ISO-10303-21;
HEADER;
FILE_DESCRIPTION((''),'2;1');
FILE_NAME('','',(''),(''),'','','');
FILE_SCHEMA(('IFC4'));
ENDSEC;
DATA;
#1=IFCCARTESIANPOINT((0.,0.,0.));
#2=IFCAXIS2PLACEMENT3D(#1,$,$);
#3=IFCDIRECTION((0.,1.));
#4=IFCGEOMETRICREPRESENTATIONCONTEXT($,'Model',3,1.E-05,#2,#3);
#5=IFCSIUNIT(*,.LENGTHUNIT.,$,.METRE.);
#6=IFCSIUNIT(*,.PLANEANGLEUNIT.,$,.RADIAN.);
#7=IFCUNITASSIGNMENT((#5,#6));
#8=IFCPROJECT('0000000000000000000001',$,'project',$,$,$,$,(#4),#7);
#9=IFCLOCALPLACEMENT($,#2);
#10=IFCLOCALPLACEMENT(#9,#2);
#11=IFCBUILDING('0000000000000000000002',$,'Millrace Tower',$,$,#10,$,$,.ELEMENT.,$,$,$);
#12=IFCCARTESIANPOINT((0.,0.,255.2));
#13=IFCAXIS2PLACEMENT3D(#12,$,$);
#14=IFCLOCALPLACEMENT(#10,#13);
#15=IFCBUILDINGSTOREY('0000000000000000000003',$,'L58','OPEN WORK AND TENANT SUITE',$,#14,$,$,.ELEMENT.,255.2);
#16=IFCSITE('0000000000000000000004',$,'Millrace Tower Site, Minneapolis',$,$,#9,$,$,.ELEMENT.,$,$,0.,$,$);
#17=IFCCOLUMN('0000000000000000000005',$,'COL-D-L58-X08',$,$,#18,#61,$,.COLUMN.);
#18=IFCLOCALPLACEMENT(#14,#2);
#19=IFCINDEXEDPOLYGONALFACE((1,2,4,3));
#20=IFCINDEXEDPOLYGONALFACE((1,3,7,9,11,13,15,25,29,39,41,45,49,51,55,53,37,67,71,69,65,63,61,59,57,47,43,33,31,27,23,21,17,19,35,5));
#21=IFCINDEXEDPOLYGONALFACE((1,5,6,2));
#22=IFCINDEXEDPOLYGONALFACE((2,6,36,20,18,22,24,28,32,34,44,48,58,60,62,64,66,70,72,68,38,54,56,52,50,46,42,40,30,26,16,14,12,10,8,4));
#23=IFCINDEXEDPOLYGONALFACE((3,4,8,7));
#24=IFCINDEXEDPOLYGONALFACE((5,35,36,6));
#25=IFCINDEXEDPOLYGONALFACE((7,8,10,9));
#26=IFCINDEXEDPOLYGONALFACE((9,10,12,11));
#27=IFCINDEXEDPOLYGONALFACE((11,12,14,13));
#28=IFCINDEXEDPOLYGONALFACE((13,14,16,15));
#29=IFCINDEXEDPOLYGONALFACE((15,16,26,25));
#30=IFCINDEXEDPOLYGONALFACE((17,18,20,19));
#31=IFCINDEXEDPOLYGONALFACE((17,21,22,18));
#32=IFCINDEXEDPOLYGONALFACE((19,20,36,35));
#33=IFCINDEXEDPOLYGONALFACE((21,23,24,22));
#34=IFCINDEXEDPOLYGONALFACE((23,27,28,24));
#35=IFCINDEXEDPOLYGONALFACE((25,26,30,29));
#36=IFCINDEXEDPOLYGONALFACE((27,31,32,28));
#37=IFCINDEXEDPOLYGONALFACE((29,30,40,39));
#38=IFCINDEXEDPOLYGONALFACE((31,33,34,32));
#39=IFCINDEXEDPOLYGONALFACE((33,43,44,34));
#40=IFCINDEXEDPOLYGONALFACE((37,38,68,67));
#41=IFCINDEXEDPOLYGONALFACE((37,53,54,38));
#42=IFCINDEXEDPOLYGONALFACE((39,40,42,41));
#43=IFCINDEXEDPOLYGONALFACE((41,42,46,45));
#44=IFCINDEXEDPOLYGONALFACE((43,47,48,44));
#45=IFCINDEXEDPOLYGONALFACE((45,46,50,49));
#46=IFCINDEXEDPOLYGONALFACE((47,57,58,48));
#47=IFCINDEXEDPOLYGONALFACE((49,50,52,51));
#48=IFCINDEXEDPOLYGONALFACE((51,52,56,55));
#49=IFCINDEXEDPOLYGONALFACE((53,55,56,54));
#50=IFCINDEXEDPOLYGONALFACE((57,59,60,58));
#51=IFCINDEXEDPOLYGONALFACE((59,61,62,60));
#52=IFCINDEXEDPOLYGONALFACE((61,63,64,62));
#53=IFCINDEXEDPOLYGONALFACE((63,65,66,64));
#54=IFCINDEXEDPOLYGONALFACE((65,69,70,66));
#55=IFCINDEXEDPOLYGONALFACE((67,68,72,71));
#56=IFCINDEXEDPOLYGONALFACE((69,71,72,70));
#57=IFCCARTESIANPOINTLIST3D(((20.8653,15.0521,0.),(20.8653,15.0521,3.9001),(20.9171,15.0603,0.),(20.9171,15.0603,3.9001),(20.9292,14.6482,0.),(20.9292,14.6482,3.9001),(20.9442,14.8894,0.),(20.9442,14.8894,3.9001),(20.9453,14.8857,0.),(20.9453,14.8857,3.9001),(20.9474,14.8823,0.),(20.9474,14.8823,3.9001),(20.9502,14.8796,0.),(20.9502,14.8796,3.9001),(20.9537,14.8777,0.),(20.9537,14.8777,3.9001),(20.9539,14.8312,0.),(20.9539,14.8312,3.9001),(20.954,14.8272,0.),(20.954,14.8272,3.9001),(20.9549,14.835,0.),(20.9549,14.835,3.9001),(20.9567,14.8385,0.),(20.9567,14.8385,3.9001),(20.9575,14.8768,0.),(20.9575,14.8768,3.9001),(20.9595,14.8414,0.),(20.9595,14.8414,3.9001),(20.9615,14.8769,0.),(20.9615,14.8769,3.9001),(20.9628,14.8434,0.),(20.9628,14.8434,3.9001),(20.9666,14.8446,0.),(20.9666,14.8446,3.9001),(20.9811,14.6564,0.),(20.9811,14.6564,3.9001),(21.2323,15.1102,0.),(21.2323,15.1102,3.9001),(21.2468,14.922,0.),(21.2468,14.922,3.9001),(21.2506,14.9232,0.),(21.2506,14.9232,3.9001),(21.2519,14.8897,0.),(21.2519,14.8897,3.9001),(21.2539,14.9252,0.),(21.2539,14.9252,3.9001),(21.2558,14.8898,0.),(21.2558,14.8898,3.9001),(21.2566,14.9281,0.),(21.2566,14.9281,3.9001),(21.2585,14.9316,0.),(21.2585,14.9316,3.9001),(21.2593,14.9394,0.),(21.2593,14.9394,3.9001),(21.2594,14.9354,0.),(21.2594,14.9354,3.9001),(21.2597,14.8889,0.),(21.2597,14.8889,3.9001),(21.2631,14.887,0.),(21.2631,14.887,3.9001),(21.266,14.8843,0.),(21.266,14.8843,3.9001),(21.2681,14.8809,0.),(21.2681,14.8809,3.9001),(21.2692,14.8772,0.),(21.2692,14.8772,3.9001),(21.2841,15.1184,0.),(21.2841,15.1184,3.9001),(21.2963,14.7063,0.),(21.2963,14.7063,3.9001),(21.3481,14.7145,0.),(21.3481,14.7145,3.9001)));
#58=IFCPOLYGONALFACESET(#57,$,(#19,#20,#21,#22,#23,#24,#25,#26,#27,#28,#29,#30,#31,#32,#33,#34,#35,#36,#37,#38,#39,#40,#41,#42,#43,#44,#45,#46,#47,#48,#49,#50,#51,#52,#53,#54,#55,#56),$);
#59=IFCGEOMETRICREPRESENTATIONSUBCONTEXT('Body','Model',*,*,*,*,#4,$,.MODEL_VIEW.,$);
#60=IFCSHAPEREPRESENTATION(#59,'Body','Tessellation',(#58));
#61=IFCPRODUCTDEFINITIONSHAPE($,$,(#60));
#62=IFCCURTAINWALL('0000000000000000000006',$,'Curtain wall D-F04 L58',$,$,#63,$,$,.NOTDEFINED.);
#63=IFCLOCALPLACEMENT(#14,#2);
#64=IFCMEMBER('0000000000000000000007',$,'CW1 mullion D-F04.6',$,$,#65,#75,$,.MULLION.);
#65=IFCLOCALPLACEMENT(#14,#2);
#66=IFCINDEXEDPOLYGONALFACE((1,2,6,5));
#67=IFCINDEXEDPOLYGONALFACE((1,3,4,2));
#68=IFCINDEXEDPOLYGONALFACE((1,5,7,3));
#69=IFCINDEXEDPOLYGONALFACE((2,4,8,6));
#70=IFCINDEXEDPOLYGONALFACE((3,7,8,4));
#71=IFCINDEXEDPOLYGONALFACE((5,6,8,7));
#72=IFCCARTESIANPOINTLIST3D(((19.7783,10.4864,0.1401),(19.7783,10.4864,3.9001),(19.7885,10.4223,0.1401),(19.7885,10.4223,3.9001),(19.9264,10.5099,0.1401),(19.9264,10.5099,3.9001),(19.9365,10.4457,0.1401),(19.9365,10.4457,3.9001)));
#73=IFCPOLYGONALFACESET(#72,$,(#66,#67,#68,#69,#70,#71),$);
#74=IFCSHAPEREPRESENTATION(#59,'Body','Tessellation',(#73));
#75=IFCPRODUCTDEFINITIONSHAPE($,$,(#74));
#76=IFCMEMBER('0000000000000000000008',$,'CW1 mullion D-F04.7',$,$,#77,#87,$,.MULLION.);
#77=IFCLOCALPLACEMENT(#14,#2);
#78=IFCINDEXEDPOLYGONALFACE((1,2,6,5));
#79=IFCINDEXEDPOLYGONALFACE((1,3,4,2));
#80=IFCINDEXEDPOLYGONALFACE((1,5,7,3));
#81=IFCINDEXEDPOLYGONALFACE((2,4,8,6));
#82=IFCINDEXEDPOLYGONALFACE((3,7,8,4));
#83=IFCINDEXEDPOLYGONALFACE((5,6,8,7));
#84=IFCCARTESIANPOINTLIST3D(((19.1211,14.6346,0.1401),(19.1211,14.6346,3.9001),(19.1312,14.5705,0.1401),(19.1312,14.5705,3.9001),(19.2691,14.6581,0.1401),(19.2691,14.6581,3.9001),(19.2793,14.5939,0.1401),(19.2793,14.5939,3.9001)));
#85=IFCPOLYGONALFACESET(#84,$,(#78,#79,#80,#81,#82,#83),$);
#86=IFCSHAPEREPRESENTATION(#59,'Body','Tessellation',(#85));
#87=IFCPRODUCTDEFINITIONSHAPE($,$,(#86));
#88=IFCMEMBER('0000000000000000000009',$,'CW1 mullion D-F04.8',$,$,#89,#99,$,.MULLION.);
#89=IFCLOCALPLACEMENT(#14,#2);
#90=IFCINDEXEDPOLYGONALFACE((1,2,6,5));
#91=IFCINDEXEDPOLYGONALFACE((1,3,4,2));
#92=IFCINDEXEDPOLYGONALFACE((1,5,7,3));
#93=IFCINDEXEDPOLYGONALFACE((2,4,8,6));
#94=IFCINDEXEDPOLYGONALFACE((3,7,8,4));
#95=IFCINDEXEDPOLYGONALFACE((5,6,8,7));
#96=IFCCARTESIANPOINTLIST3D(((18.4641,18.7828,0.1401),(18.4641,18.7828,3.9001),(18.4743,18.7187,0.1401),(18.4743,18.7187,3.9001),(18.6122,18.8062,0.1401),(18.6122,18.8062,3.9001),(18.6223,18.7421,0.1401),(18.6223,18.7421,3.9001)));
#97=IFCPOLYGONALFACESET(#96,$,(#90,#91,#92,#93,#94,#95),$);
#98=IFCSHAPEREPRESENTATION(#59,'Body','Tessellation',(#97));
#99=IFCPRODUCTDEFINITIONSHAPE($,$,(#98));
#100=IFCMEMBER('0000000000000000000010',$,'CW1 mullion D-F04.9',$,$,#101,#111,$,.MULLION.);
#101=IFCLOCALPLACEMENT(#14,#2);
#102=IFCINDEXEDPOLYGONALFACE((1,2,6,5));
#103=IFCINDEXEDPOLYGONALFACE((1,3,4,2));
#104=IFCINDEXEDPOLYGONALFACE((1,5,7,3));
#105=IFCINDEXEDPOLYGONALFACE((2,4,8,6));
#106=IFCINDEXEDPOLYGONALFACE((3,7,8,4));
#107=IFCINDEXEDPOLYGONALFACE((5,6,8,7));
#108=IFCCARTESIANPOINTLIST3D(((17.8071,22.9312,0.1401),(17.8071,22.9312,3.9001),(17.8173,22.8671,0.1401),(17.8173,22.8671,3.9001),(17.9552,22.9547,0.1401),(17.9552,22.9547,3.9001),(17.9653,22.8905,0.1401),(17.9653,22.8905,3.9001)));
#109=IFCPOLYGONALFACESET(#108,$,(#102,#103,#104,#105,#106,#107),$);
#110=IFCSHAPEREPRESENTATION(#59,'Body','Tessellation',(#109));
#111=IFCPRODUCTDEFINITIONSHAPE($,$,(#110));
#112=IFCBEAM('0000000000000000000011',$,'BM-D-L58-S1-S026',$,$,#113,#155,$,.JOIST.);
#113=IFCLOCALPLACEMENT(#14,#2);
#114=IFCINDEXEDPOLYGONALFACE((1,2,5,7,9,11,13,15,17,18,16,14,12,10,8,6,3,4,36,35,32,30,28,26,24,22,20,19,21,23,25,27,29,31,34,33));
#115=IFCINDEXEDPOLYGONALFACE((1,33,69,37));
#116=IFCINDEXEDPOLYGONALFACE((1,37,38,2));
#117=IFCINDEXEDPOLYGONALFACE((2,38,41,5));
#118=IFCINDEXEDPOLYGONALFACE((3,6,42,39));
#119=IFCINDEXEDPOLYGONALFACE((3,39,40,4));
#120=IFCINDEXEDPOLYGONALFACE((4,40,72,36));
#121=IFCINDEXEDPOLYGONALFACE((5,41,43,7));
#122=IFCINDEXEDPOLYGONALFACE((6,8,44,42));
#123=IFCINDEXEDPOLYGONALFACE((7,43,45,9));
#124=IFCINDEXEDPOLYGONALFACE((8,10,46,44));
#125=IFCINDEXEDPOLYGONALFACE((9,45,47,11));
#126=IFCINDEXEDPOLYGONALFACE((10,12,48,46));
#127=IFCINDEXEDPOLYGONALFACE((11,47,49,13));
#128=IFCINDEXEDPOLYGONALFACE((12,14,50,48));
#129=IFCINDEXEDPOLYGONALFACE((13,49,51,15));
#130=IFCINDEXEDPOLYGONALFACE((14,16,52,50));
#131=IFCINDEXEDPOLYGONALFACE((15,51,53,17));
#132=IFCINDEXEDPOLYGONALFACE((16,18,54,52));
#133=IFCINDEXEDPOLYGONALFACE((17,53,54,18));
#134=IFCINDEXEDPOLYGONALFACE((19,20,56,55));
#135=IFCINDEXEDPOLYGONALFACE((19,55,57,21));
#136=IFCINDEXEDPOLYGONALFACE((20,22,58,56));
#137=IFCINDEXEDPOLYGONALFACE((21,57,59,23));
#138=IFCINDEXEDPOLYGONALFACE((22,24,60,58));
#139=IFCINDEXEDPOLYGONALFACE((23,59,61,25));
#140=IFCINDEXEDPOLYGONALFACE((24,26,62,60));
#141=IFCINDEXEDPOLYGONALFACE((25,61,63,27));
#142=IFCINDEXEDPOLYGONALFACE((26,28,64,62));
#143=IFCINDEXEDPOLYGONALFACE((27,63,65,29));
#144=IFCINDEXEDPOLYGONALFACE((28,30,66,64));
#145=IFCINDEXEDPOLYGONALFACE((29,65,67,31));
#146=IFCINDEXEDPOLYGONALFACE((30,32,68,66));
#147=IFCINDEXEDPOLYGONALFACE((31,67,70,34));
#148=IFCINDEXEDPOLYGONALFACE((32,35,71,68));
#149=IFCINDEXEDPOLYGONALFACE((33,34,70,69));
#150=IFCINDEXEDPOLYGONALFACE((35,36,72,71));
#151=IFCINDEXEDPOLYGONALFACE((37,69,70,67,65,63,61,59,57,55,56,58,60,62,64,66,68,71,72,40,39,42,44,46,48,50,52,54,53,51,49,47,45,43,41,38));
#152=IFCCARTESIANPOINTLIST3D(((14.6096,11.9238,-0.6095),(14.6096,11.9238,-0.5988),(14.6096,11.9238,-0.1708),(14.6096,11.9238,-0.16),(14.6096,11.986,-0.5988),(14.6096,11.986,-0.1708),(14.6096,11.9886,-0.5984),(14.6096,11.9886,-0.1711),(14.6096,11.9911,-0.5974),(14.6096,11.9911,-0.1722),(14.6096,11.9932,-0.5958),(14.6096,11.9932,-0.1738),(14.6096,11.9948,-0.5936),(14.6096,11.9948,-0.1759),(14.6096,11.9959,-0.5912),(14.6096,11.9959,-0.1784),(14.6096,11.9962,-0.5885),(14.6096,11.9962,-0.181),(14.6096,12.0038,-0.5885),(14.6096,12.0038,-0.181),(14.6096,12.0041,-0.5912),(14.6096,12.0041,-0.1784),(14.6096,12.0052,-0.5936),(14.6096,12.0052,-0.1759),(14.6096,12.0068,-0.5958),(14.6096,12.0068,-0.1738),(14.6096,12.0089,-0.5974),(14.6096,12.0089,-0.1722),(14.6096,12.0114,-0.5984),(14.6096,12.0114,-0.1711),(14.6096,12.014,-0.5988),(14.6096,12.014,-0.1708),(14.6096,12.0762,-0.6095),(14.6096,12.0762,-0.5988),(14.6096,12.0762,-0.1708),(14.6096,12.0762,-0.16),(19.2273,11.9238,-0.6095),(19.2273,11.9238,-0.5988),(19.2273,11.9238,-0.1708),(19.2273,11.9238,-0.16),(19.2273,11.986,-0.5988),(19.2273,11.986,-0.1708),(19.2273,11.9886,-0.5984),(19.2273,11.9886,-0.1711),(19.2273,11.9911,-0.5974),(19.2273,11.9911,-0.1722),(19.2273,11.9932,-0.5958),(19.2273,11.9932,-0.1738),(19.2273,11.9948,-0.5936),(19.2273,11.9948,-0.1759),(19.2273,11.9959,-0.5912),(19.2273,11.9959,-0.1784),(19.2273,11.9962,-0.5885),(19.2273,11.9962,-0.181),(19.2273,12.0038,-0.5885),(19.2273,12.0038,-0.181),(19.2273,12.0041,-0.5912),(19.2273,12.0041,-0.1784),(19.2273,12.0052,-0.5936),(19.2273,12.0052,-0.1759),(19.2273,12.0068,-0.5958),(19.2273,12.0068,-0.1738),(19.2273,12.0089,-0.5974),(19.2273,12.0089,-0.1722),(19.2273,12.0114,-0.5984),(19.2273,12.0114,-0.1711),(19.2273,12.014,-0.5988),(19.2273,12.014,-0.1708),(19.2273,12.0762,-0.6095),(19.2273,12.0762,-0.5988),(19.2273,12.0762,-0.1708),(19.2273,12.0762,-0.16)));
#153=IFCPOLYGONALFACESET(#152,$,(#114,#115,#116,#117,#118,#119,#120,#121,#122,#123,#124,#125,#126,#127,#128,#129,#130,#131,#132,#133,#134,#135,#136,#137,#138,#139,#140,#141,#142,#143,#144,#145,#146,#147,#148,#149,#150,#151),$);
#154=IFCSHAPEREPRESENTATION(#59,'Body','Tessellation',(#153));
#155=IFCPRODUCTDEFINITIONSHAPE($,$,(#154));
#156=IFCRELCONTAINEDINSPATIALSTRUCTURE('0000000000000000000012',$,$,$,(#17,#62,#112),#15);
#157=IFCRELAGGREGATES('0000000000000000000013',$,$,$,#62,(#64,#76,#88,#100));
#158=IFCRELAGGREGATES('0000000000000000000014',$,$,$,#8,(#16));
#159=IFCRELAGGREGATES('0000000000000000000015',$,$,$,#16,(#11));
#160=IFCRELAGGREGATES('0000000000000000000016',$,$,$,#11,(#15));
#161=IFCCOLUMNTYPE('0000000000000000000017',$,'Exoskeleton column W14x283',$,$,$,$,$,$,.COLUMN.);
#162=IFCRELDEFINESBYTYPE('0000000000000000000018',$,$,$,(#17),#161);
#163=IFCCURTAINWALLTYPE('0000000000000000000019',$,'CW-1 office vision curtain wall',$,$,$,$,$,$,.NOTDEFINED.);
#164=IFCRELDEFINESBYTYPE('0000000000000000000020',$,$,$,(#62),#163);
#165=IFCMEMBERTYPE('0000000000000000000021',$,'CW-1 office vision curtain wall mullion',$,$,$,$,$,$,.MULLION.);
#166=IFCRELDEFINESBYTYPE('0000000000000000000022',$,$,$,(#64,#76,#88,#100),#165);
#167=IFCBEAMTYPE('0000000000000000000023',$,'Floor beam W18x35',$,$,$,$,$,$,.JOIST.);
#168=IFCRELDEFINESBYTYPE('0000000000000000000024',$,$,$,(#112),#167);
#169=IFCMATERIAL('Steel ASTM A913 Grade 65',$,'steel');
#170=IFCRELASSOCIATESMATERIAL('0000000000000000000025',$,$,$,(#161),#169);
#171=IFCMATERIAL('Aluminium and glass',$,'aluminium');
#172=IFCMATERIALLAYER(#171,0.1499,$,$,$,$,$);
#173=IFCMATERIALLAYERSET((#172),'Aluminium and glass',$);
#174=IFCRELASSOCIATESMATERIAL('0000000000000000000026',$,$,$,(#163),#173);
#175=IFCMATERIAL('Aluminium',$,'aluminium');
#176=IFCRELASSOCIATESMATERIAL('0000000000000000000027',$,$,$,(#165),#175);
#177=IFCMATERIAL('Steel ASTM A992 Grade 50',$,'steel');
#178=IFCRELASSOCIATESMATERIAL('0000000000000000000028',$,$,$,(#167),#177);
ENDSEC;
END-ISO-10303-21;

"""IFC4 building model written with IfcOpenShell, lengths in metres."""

from ifc_helpers import new_model, si_unit, direction, frame, origin, origin_2d, place, context, subcontext, project, spatial, rectangle, i_section, extrude, material, layer, layer_set, material_profile, profile_set, type_object, element, aggregate, save


model = new_model("IFC4")

# Units and contexts
model_context = context("Model", 3, precision=1e-05, world=origin(), true_north=direction((0.0, 1.0)))
body_context = subcontext(model_context, "Body", "Model", "MODEL_VIEW")
ifc_project = project(units=[si_unit("LENGTHUNIT", "METRE"), si_unit("PLANEANGLEUNIT", "RADIAN")], contexts=[model_context])

# Site, building, storey
site_placement = place(None, origin())
site = spatial("IfcSite", under=ifc_project, at=site_placement, Name="Millrace Tower Site, Minneapolis", CompositionType="ELEMENT", RefElevation=0.0)
building_placement = place(site_placement, origin())
building = spatial("IfcBuilding", under=site, at=building_placement, Name="Millrace Tower", CompositionType="ELEMENT")
storey_placement = place(building_placement, frame((0.0, 0.0, 255.2)))
storey = spatial("IfcBuildingStorey", under=building, at=storey_placement, Name="L58", Description="OPEN WORK AND TENANT SUITE", CompositionType="ELEMENT", Elevation=255.2)

# Column
ifc_material_1 = material(Name="Steel ASTM A913 Grade 65", Category="steel")
ifc_material_profile_1 = material_profile(ifc_material_1, i_section(OverallWidth=0.4089, OverallDepth=0.4241, WebThickness=0.0327, FlangeThickness=0.0525, FilletRadius=0.0151, at=origin_2d()))
ifc_profile_set_1 = profile_set([ifc_material_profile_1], Name="Steel ASTM A913 Grade 65")
column_type = type_object("IfcColumnType", Name="Exoskeleton column W14x283", PredefinedType="COLUMN", material=ifc_profile_set_1)
column_placement = place(storey_placement, frame((21.1067, 14.8833, 0.0), z_axis=(0.0, 0.0, 1.0), x_axis=(-0.156434, 0.987688, 0.0)))
element("IfcColumn", 1, at=column_placement, inside=storey, type_object=column_type, Name="COL-D-L58-X08", PredefinedType="COLUMN", context=body_context, shape_type="SweptSolid", body=[
    extrude(i_section(OverallWidth=0.4089, OverallDepth=0.4241, WebThickness=0.0327, FlangeThickness=0.0525, FilletRadius=0.0151, at=origin_2d()), origin(), (0.0, 0.0, 1.0), 3.9001),
])

# Curtain wall, members
ifc_material_2 = material(Name="Aluminium and glass", Category="aluminium")
ifc_layer_1 = layer(ifc_material_2, 0.1499)
ifc_layer_set_1 = layer_set([ifc_layer_1], Name="Aluminium and glass")
curtain_wall_type = type_object("IfcCurtainWallType", Name="CW-1 office vision curtain wall", PredefinedType="NOTDEFINED", material=ifc_layer_set_1)
curtain_wall_placement = place(storey_placement, origin())
curtain_wall = element("IfcCurtainWall", 2, at=curtain_wall_placement, inside=storey, type_object=curtain_wall_type, Name="Curtain wall D-F04 L58", PredefinedType="NOTDEFINED")
ifc_material_3 = material(Name="Aluminium", Category="aluminium")
ifc_material_profile_2 = material_profile(ifc_material_3, rectangle(XDim=0.0649, YDim=0.1499, at=origin_2d()))
ifc_profile_set_2 = profile_set([ifc_material_profile_2], Name="Aluminium")
member_type = type_object("IfcMemberType", Name="CW-1 office vision curtain wall mullion", PredefinedType="MULLION", material=ifc_profile_set_2)
member_1_placement = place(storey_placement, frame((19.8574, 10.4661, 0.1401), z_axis=(0.0, 0.0, 1.0), x_axis=(-0.156434, 0.987688, 0.0)))
member_1 = element("IfcMember", 3, at=member_1_placement, type_object=member_type, Name="CW1 mullion D-F04.6", PredefinedType="MULLION", context=body_context, shape_type="SweptSolid", body=[
    extrude(rectangle(XDim=0.0649, YDim=0.1499, at=origin_2d()), origin(), (0.0, 0.0, 1.0), 3.76),
])
member_2_placement = place(storey_placement, frame((19.2002, 14.6143, 0.1401), z_axis=(0.0, 0.0, 1.0), x_axis=(-0.156434, 0.987688, 0.0)))
member_2 = element("IfcMember", 4, at=member_2_placement, type_object=member_type, Name="CW1 mullion D-F04.7", PredefinedType="MULLION", context=body_context, shape_type="SweptSolid", body=[
    extrude(rectangle(XDim=0.0649, YDim=0.1499, at=origin_2d()), origin(), (0.0, 0.0, 1.0), 3.76),
])
member_3_placement = place(storey_placement, frame((18.5432, 18.7625, 0.1401), z_axis=(0.0, 0.0, 1.0), x_axis=(-0.156434, 0.987688, 0.0)))
member_3 = element("IfcMember", 5, at=member_3_placement, type_object=member_type, Name="CW1 mullion D-F04.8", PredefinedType="MULLION", context=body_context, shape_type="SweptSolid", body=[
    extrude(rectangle(XDim=0.0649, YDim=0.1499, at=origin_2d()), origin(), (0.0, 0.0, 1.0), 3.76),
])
member_4_placement = place(storey_placement, frame((17.8862, 22.9109, 0.1401), z_axis=(0.0, 0.0, 1.0), x_axis=(-0.156434, 0.987688, 0.0)))
member_4 = element("IfcMember", 6, at=member_4_placement, type_object=member_type, Name="CW1 mullion D-F04.9", PredefinedType="MULLION", context=body_context, shape_type="SweptSolid", body=[
    extrude(rectangle(XDim=0.0649, YDim=0.1499, at=origin_2d()), origin(), (0.0, 0.0, 1.0), 3.76),
])
aggregate(curtain_wall, [member_1, member_2, member_3, member_4])

# Beam
ifc_material_4 = material(Name="Steel ASTM A992 Grade 50", Category="steel")
ifc_material_profile_3 = material_profile(ifc_material_4, i_section(OverallWidth=0.1523, OverallDepth=0.4495, WebThickness=0.0076, FlangeThickness=0.0107, FilletRadius=0.0103, at=origin_2d()))
ifc_profile_set_3 = profile_set([ifc_material_profile_3], Name="Steel ASTM A992 Grade 50")
beam_type_1 = type_object("IfcBeamType", Name="Floor beam W18x35", PredefinedType="JOIST", material=ifc_profile_set_3)
beam_1_placement = place(storey_placement, frame((14.6096, 12.0, -0.3848), z_axis=(1.0, 0.0, 0.0), x_axis=(0.0, 1.0, 0.0)))
element("IfcBeam", 7, at=beam_1_placement, inside=storey, type_object=beam_type_1, Name="BM-D-L58-S1-S026", PredefinedType="JOIST", context=body_context, shape_type="SweptSolid", body=[
    extrude(i_section(OverallWidth=0.1523, OverallDepth=0.4495, WebThickness=0.0076, FlangeThickness=0.0107, FilletRadius=0.0103, at=origin_2d()), origin(), (0.0, 0.0, 1.0), 4.6177),
])

save(model, "model.ifc")
